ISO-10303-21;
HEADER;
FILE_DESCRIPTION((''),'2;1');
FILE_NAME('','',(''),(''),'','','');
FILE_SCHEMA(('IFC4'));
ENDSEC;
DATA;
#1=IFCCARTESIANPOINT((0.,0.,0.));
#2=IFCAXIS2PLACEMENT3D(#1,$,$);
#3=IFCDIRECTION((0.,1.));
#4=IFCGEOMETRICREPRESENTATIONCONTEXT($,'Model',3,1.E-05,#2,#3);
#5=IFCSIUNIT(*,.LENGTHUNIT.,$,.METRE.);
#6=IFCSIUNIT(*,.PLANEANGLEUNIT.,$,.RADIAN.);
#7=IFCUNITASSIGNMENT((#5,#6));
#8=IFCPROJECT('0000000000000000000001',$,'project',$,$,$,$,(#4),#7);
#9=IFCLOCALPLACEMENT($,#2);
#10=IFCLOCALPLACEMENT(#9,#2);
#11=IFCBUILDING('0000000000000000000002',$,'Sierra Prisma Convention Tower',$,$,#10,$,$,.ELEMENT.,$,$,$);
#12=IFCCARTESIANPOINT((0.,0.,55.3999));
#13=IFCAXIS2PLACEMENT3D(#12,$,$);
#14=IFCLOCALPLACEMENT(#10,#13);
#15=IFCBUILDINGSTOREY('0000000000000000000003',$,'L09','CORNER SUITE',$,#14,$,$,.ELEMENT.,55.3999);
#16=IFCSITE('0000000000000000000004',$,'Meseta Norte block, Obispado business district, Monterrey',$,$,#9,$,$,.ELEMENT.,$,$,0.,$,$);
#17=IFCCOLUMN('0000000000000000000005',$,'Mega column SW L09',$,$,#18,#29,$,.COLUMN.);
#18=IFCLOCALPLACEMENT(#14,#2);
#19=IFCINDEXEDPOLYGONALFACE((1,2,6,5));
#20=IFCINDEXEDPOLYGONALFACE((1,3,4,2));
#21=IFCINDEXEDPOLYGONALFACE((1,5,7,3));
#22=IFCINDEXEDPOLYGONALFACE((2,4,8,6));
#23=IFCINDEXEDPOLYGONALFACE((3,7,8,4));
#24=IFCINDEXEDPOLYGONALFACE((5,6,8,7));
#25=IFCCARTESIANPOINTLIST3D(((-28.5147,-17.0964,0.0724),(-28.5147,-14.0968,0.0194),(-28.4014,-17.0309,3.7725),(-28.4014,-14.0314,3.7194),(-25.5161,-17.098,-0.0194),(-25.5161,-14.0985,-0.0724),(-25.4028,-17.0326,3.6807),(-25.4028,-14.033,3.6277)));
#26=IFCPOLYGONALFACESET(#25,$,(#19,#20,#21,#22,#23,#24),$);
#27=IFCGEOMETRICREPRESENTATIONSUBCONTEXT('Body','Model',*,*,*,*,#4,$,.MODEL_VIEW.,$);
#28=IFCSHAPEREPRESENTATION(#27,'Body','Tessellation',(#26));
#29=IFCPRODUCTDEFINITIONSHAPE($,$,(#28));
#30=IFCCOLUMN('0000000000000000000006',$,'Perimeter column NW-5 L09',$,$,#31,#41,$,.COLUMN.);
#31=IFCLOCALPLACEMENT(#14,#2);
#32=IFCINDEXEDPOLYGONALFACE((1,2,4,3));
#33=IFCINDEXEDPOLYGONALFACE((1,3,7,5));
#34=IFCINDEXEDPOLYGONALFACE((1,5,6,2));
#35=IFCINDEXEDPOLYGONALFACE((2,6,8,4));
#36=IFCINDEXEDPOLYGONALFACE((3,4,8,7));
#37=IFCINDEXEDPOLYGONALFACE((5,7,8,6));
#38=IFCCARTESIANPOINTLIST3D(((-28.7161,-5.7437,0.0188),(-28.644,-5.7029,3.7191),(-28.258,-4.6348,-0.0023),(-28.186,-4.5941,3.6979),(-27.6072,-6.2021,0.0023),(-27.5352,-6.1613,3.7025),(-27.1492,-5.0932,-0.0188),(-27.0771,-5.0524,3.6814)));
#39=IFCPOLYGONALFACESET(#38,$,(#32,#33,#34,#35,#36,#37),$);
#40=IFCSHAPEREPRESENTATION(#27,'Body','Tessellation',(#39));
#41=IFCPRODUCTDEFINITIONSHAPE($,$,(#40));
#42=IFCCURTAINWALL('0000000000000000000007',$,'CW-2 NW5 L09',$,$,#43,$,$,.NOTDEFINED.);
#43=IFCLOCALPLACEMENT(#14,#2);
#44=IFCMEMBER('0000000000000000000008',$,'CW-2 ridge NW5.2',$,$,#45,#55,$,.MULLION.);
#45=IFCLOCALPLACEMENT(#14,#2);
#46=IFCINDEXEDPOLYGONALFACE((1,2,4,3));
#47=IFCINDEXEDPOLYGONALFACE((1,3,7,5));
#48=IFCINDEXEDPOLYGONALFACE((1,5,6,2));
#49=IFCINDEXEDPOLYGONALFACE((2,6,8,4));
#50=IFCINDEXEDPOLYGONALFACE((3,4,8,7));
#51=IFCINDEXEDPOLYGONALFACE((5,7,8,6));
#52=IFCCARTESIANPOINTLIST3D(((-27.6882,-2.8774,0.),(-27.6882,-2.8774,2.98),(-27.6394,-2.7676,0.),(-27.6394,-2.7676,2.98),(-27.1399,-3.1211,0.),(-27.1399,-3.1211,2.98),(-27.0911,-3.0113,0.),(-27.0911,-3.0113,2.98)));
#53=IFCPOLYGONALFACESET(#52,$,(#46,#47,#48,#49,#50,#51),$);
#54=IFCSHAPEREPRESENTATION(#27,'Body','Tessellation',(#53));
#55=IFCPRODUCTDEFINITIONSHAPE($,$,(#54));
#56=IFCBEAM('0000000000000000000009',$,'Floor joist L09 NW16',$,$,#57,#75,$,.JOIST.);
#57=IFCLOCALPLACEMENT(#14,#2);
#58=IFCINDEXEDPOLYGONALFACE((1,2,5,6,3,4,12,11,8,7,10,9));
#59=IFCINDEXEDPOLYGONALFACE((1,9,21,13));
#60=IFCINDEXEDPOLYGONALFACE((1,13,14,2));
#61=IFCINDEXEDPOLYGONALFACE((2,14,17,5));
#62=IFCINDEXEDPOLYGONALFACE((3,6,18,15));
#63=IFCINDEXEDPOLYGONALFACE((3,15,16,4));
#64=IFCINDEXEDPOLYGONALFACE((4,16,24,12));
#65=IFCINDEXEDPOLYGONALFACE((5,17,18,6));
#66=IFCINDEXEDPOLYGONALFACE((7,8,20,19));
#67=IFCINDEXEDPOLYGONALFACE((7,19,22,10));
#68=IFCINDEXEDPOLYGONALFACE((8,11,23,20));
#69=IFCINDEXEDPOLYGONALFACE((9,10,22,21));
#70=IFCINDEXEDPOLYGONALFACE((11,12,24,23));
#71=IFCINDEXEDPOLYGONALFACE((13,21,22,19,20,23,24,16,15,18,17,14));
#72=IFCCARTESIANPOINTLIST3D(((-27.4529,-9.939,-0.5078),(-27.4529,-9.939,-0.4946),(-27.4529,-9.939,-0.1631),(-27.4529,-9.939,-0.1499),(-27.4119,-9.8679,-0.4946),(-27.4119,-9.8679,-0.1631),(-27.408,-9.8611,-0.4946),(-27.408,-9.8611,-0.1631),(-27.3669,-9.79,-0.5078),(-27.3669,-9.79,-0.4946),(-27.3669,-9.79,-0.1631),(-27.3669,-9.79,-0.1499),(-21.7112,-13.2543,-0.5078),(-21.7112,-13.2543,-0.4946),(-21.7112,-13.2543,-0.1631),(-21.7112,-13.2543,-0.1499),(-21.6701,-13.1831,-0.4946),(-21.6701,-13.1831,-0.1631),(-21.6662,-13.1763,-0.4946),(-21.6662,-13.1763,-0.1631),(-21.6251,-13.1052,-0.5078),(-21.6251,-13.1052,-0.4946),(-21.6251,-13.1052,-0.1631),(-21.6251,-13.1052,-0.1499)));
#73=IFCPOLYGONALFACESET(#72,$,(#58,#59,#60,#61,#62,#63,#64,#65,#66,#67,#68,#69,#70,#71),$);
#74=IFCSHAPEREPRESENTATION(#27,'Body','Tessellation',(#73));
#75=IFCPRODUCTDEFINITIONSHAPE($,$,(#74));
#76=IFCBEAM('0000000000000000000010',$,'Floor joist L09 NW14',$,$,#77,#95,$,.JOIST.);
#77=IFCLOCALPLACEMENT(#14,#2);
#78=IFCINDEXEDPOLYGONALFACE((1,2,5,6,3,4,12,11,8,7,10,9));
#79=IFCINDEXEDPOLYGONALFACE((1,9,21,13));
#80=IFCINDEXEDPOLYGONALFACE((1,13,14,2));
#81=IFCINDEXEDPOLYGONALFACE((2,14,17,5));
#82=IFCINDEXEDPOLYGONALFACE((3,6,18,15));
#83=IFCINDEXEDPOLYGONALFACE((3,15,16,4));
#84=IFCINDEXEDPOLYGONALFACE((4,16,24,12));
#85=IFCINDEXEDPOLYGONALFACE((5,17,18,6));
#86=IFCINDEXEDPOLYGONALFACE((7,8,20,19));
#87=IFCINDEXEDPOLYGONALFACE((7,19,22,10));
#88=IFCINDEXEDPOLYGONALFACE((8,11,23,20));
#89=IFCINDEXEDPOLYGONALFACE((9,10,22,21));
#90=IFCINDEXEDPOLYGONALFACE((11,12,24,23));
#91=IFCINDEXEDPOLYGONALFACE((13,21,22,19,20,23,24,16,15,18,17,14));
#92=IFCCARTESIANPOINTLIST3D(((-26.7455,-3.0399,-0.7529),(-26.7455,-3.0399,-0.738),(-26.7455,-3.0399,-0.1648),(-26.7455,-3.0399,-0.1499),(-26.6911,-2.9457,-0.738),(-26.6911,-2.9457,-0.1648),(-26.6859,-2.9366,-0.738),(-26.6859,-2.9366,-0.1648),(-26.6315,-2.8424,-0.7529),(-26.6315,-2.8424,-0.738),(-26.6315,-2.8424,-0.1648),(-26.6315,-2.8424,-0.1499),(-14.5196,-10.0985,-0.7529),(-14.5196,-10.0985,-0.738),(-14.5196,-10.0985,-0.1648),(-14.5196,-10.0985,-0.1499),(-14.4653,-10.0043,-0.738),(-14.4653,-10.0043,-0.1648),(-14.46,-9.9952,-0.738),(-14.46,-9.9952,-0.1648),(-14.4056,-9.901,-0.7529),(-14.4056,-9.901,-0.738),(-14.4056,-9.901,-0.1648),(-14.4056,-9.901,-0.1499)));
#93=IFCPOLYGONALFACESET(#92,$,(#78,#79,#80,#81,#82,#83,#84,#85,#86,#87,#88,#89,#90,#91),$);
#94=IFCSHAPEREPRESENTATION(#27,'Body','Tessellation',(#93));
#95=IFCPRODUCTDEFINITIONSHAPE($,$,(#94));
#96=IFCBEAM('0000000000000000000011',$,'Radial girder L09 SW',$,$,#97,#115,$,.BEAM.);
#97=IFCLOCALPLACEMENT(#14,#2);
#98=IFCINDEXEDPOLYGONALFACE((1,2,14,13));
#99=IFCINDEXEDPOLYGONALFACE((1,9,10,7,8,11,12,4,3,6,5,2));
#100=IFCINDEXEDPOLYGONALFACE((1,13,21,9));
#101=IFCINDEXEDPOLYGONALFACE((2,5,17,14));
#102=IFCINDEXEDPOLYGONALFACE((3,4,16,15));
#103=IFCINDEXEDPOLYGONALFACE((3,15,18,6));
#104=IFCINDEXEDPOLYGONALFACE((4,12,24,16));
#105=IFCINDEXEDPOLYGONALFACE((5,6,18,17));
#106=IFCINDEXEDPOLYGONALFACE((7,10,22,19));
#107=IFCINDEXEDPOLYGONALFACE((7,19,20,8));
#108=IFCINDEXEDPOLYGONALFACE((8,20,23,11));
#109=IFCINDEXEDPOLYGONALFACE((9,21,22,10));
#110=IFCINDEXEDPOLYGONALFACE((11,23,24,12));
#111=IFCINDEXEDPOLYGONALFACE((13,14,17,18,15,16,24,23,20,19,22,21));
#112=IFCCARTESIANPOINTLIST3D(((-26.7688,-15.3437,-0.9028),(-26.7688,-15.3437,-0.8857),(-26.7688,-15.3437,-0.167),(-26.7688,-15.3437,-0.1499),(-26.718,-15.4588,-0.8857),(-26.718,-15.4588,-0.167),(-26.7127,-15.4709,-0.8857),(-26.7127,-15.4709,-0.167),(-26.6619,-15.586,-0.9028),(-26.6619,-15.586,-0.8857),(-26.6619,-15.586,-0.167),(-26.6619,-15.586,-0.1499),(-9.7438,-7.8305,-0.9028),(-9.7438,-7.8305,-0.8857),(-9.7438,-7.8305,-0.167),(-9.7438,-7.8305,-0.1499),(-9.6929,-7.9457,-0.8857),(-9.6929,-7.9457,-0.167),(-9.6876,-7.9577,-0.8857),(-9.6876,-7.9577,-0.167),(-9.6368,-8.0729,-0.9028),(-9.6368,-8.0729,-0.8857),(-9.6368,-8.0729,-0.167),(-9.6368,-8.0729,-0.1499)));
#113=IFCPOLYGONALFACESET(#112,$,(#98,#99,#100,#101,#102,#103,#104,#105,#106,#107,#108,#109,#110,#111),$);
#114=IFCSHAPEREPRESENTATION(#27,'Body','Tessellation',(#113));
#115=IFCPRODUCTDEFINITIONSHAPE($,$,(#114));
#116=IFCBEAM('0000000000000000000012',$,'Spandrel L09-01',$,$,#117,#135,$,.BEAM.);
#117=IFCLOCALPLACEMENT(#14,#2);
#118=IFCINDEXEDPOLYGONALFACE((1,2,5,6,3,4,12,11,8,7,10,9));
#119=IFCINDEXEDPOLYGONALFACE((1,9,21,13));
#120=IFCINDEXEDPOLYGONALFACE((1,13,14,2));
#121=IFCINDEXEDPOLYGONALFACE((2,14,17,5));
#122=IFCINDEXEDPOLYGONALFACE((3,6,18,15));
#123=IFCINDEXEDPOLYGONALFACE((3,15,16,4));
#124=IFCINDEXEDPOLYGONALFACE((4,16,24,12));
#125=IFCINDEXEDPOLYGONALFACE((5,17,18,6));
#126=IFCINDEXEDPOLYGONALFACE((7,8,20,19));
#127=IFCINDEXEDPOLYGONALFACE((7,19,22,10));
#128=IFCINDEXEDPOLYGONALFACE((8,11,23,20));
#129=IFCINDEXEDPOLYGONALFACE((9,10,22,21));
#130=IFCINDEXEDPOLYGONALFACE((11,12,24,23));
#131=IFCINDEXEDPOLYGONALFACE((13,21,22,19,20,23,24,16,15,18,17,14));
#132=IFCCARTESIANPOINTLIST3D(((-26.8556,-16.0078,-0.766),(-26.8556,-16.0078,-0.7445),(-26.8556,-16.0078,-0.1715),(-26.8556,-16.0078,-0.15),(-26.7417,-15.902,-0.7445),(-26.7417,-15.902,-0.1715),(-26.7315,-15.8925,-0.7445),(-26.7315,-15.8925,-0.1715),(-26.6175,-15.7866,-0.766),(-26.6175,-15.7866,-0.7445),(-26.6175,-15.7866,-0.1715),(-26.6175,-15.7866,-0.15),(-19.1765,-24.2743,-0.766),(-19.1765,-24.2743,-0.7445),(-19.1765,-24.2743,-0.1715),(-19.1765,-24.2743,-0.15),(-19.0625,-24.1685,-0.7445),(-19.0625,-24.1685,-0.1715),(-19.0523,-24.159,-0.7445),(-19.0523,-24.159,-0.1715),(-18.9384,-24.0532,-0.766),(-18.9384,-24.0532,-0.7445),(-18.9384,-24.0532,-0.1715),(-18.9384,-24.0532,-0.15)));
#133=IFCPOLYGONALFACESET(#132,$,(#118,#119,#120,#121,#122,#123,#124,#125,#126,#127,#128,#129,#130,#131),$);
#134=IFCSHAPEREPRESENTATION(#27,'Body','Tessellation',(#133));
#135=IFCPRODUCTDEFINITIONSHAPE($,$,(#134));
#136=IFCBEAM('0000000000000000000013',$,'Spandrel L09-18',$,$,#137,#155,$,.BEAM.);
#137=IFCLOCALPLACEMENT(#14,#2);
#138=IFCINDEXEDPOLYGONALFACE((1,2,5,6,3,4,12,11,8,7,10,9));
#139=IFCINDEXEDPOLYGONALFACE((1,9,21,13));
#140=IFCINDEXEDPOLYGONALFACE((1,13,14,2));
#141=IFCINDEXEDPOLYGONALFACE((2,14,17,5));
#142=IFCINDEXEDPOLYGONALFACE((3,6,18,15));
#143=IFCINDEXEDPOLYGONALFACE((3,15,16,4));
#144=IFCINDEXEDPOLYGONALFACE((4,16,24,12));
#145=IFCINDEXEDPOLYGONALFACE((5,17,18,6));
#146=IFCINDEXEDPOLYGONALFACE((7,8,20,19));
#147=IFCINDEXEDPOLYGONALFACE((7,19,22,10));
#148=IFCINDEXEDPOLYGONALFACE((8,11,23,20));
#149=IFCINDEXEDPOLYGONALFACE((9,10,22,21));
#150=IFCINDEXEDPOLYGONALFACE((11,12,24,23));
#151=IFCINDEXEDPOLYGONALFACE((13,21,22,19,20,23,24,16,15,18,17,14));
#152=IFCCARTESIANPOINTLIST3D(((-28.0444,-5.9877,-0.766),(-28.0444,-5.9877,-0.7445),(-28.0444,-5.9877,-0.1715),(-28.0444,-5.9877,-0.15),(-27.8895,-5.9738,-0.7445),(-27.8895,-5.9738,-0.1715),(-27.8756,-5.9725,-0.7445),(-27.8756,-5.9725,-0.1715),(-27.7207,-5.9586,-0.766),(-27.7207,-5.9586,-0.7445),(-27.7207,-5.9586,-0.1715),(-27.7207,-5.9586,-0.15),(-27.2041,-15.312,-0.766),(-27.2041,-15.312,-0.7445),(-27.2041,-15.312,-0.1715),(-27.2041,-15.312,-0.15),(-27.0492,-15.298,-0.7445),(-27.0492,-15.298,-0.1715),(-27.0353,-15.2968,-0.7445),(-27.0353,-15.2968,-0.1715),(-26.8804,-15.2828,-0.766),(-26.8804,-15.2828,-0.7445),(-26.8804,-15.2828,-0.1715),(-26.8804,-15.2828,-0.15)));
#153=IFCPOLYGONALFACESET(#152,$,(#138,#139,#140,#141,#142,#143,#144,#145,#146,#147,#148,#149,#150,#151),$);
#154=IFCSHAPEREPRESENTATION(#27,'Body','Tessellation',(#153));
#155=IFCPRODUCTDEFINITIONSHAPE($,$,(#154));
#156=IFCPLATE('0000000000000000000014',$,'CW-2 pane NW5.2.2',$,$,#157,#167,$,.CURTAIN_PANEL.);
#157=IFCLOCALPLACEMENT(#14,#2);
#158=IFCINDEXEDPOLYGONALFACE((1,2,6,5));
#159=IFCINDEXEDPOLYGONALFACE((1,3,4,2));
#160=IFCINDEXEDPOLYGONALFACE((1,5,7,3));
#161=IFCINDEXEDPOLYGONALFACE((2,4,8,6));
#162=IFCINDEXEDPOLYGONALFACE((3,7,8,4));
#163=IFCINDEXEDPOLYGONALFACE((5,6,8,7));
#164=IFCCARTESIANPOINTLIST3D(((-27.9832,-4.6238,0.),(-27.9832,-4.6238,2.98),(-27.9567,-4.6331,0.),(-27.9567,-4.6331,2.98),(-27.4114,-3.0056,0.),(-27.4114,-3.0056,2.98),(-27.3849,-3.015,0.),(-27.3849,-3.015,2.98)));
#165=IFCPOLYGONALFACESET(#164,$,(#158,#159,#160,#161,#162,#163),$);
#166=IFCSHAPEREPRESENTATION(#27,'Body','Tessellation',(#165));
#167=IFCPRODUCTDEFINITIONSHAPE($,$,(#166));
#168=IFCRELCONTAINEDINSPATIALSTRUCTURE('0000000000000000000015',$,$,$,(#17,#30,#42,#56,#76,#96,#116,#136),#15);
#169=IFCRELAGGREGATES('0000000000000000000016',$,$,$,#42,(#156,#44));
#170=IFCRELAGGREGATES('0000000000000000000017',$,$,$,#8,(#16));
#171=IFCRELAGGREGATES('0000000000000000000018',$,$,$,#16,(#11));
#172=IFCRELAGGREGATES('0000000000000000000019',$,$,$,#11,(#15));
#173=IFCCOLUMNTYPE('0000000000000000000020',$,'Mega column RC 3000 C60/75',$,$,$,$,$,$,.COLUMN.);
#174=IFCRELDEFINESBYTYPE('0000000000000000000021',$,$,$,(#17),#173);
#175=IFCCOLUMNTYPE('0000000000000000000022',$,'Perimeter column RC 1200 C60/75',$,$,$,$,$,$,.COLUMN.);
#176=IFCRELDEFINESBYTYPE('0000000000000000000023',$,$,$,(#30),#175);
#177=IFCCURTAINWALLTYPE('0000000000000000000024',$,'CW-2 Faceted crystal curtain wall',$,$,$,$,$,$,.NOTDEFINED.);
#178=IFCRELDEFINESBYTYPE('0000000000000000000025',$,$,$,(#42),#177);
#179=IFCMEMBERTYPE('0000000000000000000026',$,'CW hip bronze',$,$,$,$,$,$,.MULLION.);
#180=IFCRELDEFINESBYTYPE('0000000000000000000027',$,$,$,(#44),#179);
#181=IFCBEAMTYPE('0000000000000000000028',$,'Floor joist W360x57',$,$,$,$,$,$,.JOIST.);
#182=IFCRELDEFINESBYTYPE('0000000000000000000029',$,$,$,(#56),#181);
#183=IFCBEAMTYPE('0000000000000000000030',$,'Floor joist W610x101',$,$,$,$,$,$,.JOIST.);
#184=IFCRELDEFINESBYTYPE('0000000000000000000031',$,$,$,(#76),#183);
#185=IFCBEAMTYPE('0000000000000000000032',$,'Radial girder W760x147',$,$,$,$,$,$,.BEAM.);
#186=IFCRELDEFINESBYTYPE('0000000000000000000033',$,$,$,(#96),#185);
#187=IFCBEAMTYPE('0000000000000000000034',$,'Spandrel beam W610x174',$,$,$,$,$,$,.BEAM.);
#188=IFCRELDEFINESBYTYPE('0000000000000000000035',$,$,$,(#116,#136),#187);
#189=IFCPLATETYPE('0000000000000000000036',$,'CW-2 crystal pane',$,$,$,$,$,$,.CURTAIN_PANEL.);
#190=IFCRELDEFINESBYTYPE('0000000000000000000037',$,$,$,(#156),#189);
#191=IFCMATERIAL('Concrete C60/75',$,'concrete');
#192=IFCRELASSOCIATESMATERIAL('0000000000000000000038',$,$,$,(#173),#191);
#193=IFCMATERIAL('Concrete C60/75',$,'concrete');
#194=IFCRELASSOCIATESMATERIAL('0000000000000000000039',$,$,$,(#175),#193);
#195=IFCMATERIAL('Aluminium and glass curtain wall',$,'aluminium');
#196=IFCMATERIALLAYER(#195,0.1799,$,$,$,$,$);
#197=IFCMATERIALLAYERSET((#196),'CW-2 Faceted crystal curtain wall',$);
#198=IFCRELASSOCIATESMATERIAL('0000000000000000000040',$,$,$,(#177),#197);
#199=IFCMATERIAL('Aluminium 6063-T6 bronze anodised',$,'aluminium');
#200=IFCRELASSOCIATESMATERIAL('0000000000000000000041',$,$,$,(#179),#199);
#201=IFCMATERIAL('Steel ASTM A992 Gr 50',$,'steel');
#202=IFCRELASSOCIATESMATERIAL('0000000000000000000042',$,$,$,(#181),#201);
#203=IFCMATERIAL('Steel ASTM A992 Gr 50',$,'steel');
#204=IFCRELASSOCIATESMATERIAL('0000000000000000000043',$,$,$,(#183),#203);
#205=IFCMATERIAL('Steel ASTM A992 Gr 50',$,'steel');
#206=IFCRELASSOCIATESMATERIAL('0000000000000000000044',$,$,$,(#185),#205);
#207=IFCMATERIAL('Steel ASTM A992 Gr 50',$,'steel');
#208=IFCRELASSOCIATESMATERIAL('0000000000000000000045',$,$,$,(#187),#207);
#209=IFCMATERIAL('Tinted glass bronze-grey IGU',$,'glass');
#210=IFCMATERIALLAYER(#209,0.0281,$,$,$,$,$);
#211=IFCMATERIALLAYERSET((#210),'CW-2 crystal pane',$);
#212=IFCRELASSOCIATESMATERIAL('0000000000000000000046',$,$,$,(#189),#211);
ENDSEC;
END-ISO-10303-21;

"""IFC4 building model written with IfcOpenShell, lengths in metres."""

from ifc_helpers import new_model, si_unit, direction, frame, origin, origin_2d, place, context, subcontext, project, spatial, polyline, rectangle, i_section, outline, extrude, material, layer, layer_set, material_profile, profile_set, type_object, element, aggregate, save


model = new_model("IFC4")

# Units and contexts
model_context = context("Model", 3, precision=1e-05, world=origin(), true_north=direction((0.0, 1.0)))
body_context = subcontext(model_context, "Body", "Model", "MODEL_VIEW")
ifc_project = project(units=[si_unit("LENGTHUNIT", "METRE"), si_unit("PLANEANGLEUNIT", "RADIAN")], contexts=[model_context])

# Site, building, storey
site_placement = place(None, origin())
site = spatial("IfcSite", under=ifc_project, at=site_placement, Name="Meseta Norte block, Obispado business district, Monterrey", CompositionType="ELEMENT", RefElevation=0.0)
building_placement = place(site_placement, origin())
building = spatial("IfcBuilding", under=site, at=building_placement, Name="Sierra Prisma Convention Tower", CompositionType="ELEMENT")
storey_placement = place(building_placement, frame((0.0, 0.0, 55.3999)))
storey = spatial("IfcBuildingStorey", under=building, at=storey_placement, Name="L09", Description="CORNER SUITE", CompositionType="ELEMENT", Elevation=55.3999)

# Columns
ifc_material_1 = material(Name="Concrete C60/75", Category="concrete")
ifc_material_profile_1 = material_profile(ifc_material_1, rectangle(XDim=3.0, YDim=3.0, at=origin_2d()), Name="Mega column RC 3000 C60/75")
ifc_profile_set_1 = profile_set([ifc_material_profile_1], Name="Concrete C60/75")
column_type_1 = type_object("IfcColumnType", Name="Mega column RC 3000 C60/75", PredefinedType="COLUMN", material=ifc_profile_set_1)
column_1_placement = place(storey_placement, frame((-27.0154, -15.5974, 0.0), z_axis=(0.030596, 0.017672, 0.999376), x_axis=(0.999532, -0.000541, -0.030591)))
element("IfcColumn", 1, at=column_1_placement, inside=storey, type_object=column_type_1, Name="Mega column SW L09", PredefinedType="COLUMN", context=body_context, shape_type="SweptSolid", body=[
    extrude(rectangle(XDim=3.0, YDim=3.0, at=origin_2d()), origin(), (0.0, 0.0, 1.0), 3.7024),
])
ifc_material_2 = material(Name="Concrete C60/75", Category="concrete")
ifc_material_profile_2 = material_profile(ifc_material_2, rectangle(XDim=1.2, YDim=1.2, at=origin_2d()), Name="Perimeter column RC 1200 C60/75")
ifc_profile_set_2 = profile_set([ifc_material_profile_2], Name="Concrete C60/75")
column_type_2 = type_object("IfcColumnType", Name="Perimeter column RC 1200 C60/75", PredefinedType="COLUMN", material=ifc_profile_set_2)
column_2_placement = place(storey_placement, frame((-27.9326, -5.4185, 0.0), z_axis=(0.019459, 0.011016, 0.99975), x_axis=(0.38175, 0.924098, -0.017613)))
element("IfcColumn", 2, at=column_2_placement, inside=storey, type_object=column_type_2, Name="Perimeter column NW-5 L09", PredefinedType="COLUMN", context=body_context, shape_type="SweptSolid", body=[
    extrude(rectangle(XDim=1.2, YDim=1.2, at=origin_2d()), origin(), (0.0, 0.0, 1.0), 3.7012),
])

# Curtain wall, member
ifc_material_3 = material(Name="Aluminium and glass curtain wall", Category="aluminium")
ifc_layer_1 = layer(ifc_material_3, 0.1799)
ifc_layer_set_1 = layer_set([ifc_layer_1], Name="CW-2 Faceted crystal curtain wall")
curtain_wall_type = type_object("IfcCurtainWallType", Name="CW-2 Faceted crystal curtain wall", PredefinedType="NOTDEFINED", material=ifc_layer_set_1)
curtain_wall_placement = place(storey_placement, origin())
curtain_wall = element("IfcCurtainWall", 3, at=curtain_wall_placement, inside=storey, type_object=curtain_wall_type, Name="CW-2 NW5 L09", PredefinedType="NOTDEFINED")
ifc_material_4 = material(Name="Aluminium 6063-T6 bronze anodised", Category="aluminium")
ifc_material_profile_3 = material_profile(ifc_material_4, rectangle(XDim=0.1201, YDim=0.6001, at=origin_2d()), Name="ALU RIDGE BLADE 120x600")
ifc_profile_set_3 = profile_set([ifc_material_profile_3], Name="Aluminium 6063-T6 bronze anodised")
member_type = type_object("IfcMemberType", Name="CW hip bronze", PredefinedType="MULLION", material=ifc_profile_set_3)
member_placement = place(storey_placement, frame((-27.3896, -2.9443, 0.0), z_axis=(0.0, 0.0, 1.0), x_axis=(-0.406136, -0.913813, 0.0)))
member = element("IfcMember", 4, at=member_placement, type_object=member_type, Name="CW-2 ridge NW5.2", PredefinedType="MULLION", context=body_context, shape_type="SweptSolid", body=[
    extrude(rectangle(XDim=0.1201, YDim=0.6001, at=origin_2d()), origin(), (0.0, 0.0, 1.0), 2.98),
])

# Beams
ifc_material_5 = material(Name="Steel ASTM A992 Gr 50", Category="steel")
ifc_material_profile_4 = material_profile(ifc_material_5, i_section(OverallWidth=0.1721, OverallDepth=0.3579, WebThickness=0.0078, FlangeThickness=0.0132, at=origin_2d()), Name="W360x57")
ifc_profile_set_4 = profile_set([ifc_material_profile_4], Name="Steel ASTM A992 Gr 50")
beam_type_1 = type_object("IfcBeamType", Name="Floor joist W360x57", PredefinedType="JOIST", material=ifc_profile_set_4)
beam_1_placement = place(storey_placement, frame((-27.4099, -9.8645, -0.3289), z_axis=(0.866011, -0.500024, 0.0), x_axis=(0.500024, 0.866011, 0.0)))
element("IfcBeam", 5, at=beam_1_placement, inside=storey, type_object=beam_type_1, Name="Floor joist L09 NW16", PredefinedType="JOIST", context=body_context, shape_type="SweptSolid", body=[
    extrude(i_section(OverallWidth=0.1721, OverallDepth=0.3579, WebThickness=0.0078, FlangeThickness=0.0132, at=origin_2d()), origin(), (0.0, 0.0, 1.0), 6.6301),
])
ifc_material_6 = material(Name="Steel ASTM A992 Gr 50", Category="steel")
ifc_material_profile_5 = material_profile(ifc_material_6, i_section(OverallWidth=0.228, OverallDepth=0.603, WebThickness=0.0105, FlangeThickness=0.0149, at=origin_2d()), Name="W610x101")
ifc_profile_set_5 = profile_set([ifc_material_profile_5], Name="Steel ASTM A992 Gr 50")
beam_type_2 = type_object("IfcBeamType", Name="Floor joist W610x101", PredefinedType="JOIST", material=ifc_profile_set_5)
beam_2_placement = place(storey_placement, frame((-26.6885, -2.9412, -0.4514), z_axis=(0.866025, -0.5, 0.0), x_axis=(0.5, 0.866025, 0.0)))
element("IfcBeam", 6, at=beam_2_placement, inside=storey, type_object=beam_type_2, Name="Floor joist L09 NW14", PredefinedType="JOIST", context=body_context, shape_type="SweptSolid", body=[
    extrude(i_section(OverallWidth=0.228, OverallDepth=0.603, WebThickness=0.0105, FlangeThickness=0.0149, at=origin_2d()), origin(), (0.0, 0.0, 1.0), 14.1172),
])
ifc_material_7 = material(Name="Steel ASTM A992 Gr 50", Category="steel")
ifc_material_profile_6 = material_profile(ifc_material_7, i_section(OverallWidth=0.2649, OverallDepth=0.7529, WebThickness=0.0132, FlangeThickness=0.0171, at=origin_2d()), Name="W760x147")
ifc_profile_set_6 = profile_set([ifc_material_profile_6], Name="Steel ASTM A992 Gr 50")
beam_type_3 = type_object("IfcBeamType", Name="Radial girder W760x147", PredefinedType="BEAM", material=ifc_profile_set_6)
beam_3_placement = place(storey_placement, frame((-26.7153, -15.4648, -0.5264), z_axis=(0.914876, 0.403734, 0.0), x_axis=(-0.403734, 0.914876, 0.0)))
element("IfcBeam", 7, at=beam_3_placement, inside=storey, type_object=beam_type_3, Name="Radial girder L09 SW", PredefinedType="BEAM", context=body_context, shape_type="SweptSolid", body=[
    extrude(i_section(OverallWidth=0.2649, OverallDepth=0.7529, WebThickness=0.0132, FlangeThickness=0.0171, at=origin_2d()), origin(), (0.0, 0.0, 1.0), 18.6091),
])
ifc_material_8 = material(Name="Steel ASTM A992 Gr 50", Category="steel")
ifc_material_profile_7 = material_profile(ifc_material_8, i_section(OverallWidth=0.325, OverallDepth=0.616, WebThickness=0.0139, FlangeThickness=0.0215, at=origin_2d()), Name="W610x174")
ifc_profile_set_7 = profile_set([ifc_material_profile_7], Name="Steel ASTM A992 Gr 50")
beam_type_4 = type_object("IfcBeamType", Name="Spandrel beam W610x174", PredefinedType="BEAM", material=ifc_profile_set_7)
beam_4_placement = place(storey_placement, frame((-26.7366, -15.8972, -0.458), z_axis=(0.680597, -0.732658, 0.0), x_axis=(0.732658, 0.680597, 0.0)))
element("IfcBeam", 8, at=beam_4_placement, inside=storey, type_object=beam_type_4, Name="Spandrel L09-01", PredefinedType="BEAM", context=body_context, shape_type="SweptSolid", body=[
    extrude(i_section(OverallWidth=0.325, OverallDepth=0.616, WebThickness=0.0139, FlangeThickness=0.0215, at=origin_2d()), origin(), (0.0, 0.0, 1.0), 11.283),
])
beam_5_placement = place(storey_placement, frame((-27.8826, -5.9731, -0.458), z_axis=(0.08976, -0.995963, 0.0), x_axis=(0.995963, 0.08976, 0.0)))
element("IfcBeam", 9, at=beam_5_placement, inside=storey, type_object=beam_type_4, Name="Spandrel L09-18", PredefinedType="BEAM", context=body_context, shape_type="SweptSolid", body=[
    extrude(i_section(OverallWidth=0.325, OverallDepth=0.616, WebThickness=0.0139, FlangeThickness=0.0215, at=origin_2d()), origin(), (0.0, 0.0, 1.0), 9.3621),
])

# Plate
ifc_material_9 = material(Name="Tinted glass bronze-grey IGU", Category="glass")
ifc_layer_2 = layer(ifc_material_9, 0.0281)
ifc_layer_set_2 = layer_set([ifc_layer_2], Name="CW-2 crystal pane")
plate_type = type_object("IfcPlateType", Name="CW-2 crystal pane", PredefinedType="CURTAIN_PANEL", material=ifc_layer_set_2)
plate_placement = place(storey_placement, frame((-27.9832, -4.6238, 0.0), z_axis=(-0.942869, 0.333162, 0.0), x_axis=(0.333162, 0.942869, 0.0)))
plate = element("IfcPlate", 10, at=plate_placement, type_object=plate_type, Name="CW-2 pane NW5.2.2", PredefinedType="CURTAIN_PANEL", context=body_context, shape_type="SweptSolid", body=[
    extrude(outline(polyline([(0.0, 0.0), (1.7162, 0.0), (1.7162, -2.98), (0.0, -2.98), (0.0, 0.0)])), origin(), (0.0, 0.0, -1.0), 0.0281),
])
aggregate(curtain_wall, [plate, member])

save(model, "model.ifc")
